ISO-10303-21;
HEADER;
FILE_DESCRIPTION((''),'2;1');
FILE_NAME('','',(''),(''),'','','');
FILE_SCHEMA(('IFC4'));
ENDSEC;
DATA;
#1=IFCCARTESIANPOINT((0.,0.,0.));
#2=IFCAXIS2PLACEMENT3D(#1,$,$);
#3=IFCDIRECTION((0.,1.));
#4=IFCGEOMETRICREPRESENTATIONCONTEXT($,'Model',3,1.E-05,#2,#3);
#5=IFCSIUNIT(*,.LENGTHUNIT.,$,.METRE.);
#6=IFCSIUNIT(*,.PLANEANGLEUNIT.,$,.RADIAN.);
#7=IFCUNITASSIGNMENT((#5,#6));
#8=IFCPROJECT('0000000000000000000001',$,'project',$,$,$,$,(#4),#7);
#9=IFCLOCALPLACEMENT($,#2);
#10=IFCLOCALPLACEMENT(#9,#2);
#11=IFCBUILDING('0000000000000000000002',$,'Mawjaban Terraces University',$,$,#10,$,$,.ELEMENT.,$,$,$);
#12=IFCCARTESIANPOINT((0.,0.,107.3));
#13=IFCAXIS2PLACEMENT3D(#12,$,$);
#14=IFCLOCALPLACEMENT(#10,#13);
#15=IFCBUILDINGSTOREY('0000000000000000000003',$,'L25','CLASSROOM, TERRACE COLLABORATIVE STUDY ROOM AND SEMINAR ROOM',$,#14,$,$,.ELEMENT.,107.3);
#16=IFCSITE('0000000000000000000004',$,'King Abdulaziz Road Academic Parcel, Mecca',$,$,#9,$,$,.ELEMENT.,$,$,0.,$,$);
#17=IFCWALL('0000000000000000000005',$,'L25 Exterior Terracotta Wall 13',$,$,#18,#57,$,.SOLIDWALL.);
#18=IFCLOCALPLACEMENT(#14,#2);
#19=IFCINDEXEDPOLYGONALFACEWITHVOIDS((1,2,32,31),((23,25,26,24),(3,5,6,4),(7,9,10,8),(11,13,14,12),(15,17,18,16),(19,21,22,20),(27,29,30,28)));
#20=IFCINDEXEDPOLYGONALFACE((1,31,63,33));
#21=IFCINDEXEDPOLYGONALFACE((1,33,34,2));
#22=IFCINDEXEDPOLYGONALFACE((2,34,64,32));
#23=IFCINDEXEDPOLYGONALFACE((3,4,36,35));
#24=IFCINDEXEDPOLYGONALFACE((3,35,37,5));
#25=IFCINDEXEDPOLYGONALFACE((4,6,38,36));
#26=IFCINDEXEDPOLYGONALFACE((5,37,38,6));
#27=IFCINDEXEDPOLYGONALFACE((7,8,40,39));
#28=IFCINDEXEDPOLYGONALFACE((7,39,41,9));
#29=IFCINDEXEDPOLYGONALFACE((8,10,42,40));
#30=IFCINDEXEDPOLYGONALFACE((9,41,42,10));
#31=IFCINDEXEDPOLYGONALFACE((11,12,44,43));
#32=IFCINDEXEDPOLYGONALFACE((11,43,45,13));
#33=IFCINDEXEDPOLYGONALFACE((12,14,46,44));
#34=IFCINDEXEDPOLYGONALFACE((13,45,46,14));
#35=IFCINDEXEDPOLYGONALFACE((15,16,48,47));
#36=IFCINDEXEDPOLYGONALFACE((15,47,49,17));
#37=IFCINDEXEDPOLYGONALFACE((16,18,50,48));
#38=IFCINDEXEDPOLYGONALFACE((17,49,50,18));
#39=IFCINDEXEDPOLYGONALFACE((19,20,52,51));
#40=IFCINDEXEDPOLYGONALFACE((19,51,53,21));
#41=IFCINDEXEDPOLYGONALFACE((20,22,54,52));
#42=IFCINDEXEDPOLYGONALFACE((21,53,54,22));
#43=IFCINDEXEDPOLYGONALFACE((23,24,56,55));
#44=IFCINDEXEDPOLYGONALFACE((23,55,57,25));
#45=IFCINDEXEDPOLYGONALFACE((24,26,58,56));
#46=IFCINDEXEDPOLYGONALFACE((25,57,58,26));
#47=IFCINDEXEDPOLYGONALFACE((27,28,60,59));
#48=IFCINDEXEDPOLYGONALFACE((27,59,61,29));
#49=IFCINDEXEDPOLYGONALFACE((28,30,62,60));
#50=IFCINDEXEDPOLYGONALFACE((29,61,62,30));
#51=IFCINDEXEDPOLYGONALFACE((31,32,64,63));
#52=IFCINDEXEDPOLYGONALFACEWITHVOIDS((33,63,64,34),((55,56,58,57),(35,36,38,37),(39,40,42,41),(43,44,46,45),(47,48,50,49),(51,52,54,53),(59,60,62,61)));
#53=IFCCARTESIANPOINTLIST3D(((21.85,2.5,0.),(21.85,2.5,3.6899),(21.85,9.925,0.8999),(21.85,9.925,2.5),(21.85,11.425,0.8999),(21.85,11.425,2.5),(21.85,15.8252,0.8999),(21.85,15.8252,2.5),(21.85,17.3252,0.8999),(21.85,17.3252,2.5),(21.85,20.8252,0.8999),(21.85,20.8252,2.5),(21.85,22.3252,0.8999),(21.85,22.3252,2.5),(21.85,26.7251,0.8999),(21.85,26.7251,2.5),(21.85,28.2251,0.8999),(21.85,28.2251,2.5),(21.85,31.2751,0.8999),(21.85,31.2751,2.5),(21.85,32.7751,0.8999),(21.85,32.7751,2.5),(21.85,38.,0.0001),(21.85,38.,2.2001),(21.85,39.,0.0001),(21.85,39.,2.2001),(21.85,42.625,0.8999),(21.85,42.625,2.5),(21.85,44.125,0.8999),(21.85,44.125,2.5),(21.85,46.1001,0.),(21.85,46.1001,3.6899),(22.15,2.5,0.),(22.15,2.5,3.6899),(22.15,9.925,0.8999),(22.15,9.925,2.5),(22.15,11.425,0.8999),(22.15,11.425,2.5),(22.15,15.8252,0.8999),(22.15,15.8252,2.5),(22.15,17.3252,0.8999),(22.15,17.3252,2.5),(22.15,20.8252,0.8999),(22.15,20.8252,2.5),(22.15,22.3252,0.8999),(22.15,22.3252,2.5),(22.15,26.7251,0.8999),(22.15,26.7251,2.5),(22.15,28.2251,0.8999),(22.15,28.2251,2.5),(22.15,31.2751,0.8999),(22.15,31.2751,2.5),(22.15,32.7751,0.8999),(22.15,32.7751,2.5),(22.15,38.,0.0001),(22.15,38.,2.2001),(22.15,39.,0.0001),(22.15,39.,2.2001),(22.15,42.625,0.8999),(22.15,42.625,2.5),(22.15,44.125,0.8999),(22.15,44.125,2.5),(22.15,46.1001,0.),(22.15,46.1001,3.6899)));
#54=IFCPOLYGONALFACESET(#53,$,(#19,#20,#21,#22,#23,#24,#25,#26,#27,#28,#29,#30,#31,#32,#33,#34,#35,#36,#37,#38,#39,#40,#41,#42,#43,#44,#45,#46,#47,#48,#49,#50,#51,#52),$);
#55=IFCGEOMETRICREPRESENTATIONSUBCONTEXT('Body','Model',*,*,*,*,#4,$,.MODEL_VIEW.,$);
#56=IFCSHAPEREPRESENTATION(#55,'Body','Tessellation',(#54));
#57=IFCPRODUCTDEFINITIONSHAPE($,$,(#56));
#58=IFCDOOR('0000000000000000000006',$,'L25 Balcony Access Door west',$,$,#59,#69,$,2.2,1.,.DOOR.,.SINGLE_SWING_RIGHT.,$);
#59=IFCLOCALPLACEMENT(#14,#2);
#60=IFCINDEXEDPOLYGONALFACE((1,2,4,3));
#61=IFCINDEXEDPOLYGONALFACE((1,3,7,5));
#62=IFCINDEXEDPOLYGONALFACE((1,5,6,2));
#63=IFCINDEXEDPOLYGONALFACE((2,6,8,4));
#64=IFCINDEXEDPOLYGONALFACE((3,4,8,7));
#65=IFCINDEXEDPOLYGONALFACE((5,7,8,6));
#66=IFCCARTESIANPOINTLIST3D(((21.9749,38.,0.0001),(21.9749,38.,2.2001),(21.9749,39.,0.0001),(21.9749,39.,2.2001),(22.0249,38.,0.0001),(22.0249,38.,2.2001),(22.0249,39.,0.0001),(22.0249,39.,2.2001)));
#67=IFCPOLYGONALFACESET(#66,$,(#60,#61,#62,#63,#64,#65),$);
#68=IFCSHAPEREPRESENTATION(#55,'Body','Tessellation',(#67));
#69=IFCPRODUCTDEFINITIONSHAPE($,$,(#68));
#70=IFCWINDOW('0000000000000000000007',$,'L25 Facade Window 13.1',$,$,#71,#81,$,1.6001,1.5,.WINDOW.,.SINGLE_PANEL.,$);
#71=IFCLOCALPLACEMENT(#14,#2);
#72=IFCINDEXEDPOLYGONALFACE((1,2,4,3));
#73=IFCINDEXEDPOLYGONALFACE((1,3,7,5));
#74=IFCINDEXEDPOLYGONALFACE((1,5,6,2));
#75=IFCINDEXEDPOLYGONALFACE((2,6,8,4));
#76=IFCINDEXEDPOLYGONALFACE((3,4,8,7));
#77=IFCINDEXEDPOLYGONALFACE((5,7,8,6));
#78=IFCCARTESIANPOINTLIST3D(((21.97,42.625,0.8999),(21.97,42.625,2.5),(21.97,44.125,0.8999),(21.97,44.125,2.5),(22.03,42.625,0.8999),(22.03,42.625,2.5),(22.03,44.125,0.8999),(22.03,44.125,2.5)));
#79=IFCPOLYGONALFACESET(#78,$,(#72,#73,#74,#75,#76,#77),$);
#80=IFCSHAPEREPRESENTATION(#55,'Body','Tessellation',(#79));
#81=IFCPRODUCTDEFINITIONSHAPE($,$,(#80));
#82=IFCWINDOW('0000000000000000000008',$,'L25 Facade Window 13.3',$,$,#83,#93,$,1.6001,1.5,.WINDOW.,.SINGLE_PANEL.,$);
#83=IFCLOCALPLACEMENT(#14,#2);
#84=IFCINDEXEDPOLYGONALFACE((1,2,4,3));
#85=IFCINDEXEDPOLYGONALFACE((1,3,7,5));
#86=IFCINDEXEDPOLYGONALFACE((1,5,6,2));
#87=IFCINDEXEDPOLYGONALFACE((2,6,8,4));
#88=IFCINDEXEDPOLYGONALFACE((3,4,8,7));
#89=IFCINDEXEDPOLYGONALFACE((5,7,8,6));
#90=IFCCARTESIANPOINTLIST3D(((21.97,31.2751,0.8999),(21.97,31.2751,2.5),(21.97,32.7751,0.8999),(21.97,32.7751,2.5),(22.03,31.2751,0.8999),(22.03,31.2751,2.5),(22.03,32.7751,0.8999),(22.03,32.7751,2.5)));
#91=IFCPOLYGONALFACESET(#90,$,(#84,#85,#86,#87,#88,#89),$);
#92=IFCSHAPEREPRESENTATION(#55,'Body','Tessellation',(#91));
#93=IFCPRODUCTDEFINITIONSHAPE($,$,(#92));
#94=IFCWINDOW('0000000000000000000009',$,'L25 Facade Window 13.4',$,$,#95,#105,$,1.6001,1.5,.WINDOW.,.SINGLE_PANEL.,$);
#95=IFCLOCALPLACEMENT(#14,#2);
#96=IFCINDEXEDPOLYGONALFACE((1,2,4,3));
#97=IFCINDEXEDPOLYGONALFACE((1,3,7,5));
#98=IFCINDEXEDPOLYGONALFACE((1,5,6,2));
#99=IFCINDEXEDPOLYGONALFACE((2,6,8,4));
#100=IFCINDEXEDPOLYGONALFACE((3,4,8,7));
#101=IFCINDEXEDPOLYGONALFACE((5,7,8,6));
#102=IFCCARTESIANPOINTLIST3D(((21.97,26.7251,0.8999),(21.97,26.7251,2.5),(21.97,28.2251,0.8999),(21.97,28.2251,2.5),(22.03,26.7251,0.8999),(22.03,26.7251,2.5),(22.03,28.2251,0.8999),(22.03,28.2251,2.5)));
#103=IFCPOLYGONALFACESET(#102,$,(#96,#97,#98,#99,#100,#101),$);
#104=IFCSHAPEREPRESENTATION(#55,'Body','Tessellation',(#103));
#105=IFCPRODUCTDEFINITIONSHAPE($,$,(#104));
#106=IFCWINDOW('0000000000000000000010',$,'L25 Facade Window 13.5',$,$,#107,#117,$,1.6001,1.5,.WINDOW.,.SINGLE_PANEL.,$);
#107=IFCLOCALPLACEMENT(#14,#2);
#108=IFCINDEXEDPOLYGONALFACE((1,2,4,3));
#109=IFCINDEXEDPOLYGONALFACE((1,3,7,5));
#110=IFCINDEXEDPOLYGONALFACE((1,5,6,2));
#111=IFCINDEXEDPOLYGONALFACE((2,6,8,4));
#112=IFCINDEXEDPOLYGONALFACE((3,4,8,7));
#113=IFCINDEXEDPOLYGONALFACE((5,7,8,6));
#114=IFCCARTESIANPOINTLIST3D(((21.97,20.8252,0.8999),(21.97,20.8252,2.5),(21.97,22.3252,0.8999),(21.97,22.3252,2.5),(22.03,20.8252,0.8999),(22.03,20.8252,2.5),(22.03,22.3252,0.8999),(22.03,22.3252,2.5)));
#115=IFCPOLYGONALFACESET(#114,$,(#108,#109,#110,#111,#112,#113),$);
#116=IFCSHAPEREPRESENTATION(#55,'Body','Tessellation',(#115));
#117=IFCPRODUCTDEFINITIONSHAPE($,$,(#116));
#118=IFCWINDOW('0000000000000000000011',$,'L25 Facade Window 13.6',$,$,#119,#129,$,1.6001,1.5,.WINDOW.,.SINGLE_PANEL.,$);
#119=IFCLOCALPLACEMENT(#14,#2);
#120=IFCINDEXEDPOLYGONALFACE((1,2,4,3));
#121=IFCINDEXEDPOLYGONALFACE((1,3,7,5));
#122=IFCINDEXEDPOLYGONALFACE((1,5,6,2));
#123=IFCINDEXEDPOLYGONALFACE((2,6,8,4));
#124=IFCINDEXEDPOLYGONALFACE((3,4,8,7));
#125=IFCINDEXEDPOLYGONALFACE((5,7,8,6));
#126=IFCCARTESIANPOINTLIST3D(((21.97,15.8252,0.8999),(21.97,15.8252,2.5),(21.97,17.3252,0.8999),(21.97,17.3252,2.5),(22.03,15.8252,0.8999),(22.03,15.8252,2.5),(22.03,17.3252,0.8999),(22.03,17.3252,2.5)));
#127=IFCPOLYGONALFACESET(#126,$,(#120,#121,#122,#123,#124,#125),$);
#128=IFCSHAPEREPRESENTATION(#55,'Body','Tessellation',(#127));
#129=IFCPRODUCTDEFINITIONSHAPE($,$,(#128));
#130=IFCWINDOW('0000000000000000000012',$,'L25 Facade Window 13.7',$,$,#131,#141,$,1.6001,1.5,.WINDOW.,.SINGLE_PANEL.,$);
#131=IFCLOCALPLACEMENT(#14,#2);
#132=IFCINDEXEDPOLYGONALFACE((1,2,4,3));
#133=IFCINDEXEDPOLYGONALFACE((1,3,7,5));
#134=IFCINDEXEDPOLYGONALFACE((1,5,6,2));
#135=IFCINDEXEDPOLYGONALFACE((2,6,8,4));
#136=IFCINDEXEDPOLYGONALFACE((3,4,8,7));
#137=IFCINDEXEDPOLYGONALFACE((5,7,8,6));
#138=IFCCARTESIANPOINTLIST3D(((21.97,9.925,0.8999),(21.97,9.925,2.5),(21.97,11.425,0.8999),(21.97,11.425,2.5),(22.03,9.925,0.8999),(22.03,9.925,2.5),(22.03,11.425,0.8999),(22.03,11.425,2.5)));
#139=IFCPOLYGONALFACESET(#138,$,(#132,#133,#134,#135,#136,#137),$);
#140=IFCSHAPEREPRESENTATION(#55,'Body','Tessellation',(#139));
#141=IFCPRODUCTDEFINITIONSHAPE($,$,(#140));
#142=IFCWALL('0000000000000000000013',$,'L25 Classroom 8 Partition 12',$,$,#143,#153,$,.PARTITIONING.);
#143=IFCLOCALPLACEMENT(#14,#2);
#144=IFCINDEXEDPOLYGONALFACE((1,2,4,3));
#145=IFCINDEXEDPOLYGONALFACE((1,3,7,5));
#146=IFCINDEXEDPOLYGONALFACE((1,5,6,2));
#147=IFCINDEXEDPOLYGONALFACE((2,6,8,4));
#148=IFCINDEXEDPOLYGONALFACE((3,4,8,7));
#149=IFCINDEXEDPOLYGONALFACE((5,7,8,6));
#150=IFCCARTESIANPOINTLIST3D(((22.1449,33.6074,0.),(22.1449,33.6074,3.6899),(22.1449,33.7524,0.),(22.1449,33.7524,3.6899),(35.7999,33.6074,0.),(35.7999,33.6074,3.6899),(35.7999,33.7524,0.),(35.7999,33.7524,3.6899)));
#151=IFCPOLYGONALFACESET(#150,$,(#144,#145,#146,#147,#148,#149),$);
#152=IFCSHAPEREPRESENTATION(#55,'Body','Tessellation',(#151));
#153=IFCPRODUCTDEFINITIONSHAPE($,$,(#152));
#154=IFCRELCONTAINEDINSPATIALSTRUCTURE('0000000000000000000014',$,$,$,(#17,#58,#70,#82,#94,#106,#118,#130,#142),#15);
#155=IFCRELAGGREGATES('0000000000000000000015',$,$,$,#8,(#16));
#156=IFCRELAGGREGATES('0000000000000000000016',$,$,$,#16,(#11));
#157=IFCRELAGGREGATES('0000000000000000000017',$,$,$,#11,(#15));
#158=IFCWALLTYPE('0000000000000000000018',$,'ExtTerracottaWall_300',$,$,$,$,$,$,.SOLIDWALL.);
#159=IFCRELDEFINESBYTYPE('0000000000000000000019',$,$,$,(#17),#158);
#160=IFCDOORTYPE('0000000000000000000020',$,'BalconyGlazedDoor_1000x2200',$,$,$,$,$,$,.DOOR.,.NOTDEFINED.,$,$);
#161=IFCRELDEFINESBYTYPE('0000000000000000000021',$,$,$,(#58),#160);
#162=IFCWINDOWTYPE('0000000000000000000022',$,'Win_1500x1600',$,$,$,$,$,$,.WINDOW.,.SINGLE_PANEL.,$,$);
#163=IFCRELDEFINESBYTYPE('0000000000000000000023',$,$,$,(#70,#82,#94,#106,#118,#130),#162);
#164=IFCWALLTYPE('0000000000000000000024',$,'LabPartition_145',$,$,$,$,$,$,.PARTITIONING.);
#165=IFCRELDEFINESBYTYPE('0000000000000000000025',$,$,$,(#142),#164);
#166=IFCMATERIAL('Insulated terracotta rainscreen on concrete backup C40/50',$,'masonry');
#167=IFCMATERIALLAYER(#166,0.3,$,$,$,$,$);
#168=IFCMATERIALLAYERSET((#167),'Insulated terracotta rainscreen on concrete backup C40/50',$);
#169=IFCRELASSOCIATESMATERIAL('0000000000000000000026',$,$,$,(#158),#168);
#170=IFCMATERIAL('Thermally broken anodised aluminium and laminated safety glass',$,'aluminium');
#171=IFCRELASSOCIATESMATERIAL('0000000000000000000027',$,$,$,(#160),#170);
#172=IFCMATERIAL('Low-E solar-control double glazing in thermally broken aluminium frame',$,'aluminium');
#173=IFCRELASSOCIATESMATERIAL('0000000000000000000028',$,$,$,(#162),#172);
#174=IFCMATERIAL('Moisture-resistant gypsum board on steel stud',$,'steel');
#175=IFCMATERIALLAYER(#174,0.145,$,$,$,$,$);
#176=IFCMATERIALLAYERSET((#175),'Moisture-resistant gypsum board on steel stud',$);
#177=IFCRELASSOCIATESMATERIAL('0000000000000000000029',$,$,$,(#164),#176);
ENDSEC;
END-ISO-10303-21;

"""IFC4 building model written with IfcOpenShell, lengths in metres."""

from ifc_helpers import new_model, si_unit, direction, frame, frame_2d, origin, place, context, subcontext, project, spatial, rectangle, extrude, material, layer, layer_set, type_object, element, fill, save


model = new_model("IFC4")

# Units and contexts
model_context = context("Model", 3, precision=1e-05, world=origin(), true_north=direction((0.0, 1.0)))
body_context = subcontext(model_context, "Body", "Model", "MODEL_VIEW")
ifc_project = project(units=[si_unit("LENGTHUNIT", "METRE"), si_unit("PLANEANGLEUNIT", "RADIAN")], contexts=[model_context])

# Site, building, storey
site_placement = place(None, origin())
site = spatial("IfcSite", under=ifc_project, at=site_placement, Name="King Abdulaziz Road Academic Parcel, Mecca", CompositionType="ELEMENT", RefElevation=0.0)
building_placement = place(site_placement, origin())
building = spatial("IfcBuilding", under=site, at=building_placement, Name="Mawjaban Terraces University", CompositionType="ELEMENT")
storey_placement = place(building_placement, frame((0.0, 0.0, 107.3)))
storey = spatial("IfcBuildingStorey", under=building, at=storey_placement, Name="L25", Description="CLASSROOM, TERRACE COLLABORATIVE STUDY ROOM AND SEMINAR ROOM", CompositionType="ELEMENT", Elevation=107.3)

# Shared definitions
ifc_material_1 = material(Name="Insulated terracotta rainscreen on concrete backup C40/50", Category="masonry")
ifc_layer_1 = layer(ifc_material_1, 0.3)
ifc_layer_set_1 = layer_set([ifc_layer_1], Name="Insulated terracotta rainscreen on concrete backup C40/50")
wall_type_1 = type_object("IfcWallType", Name="ExtTerracottaWall_300", PredefinedType="SOLIDWALL", material=ifc_layer_set_1)
ifc_material_2 = material(Name="Low-E solar-control double glazing in thermally broken aluminium frame", Category="aluminium")

# Wall, openings, door, windows
wall_1_placement = place(storey_placement, frame((22.0, 46.1001, 0.0), z_axis=(0.0, 0.0, 1.0), x_axis=(0.0, -1.0, 0.0)))
wall_1 = element("IfcWall", 1, at=wall_1_placement, inside=storey, type_object=wall_type_1, Name="L25 Exterior Terracotta Wall 13", PredefinedType="SOLIDWALL", context=body_context, shape_type="SweptSolid", body=[
    extrude(rectangle(XDim=43.6001, YDim=0.3, at=frame_2d((21.8, 0.0))), origin(), (0.0, 0.0, 1.0), 3.6899),
])
opening_1_placement = place(wall_1_placement, frame((7.1001, 0.0, 0.0)))
opening_1 = element("IfcOpeningElement", 2, at=opening_1_placement, cuts=wall_1, PredefinedType="OPENING", context=body_context, shape_type="SweptSolid", body=[
    extrude(rectangle(XDim=1.0, YDim=2.2, at=frame_2d((0.5, 1.1001))), frame((0.0, 0.1599, 0.0), z_axis=(0.0, -1.0, 0.0), x_axis=(1.0, 0.0, 0.0)), (0.0, 0.0, 1.0), 0.3201),
])
opening_2_placement = place(wall_1_placement, frame((1.9751, 0.0, 0.8999)))
opening_2 = element("IfcOpeningElement", 3, at=opening_2_placement, cuts=wall_1, PredefinedType="OPENING", context=body_context, shape_type="SweptSolid", body=[
    extrude(rectangle(XDim=1.5, YDim=1.6001, at=frame_2d((0.75, 0.8))), frame((0.0, 0.1599, 0.0), z_axis=(0.0, -1.0, 0.0), x_axis=(1.0, 0.0, 0.0)), (0.0, 0.0, 1.0), 0.3201),
])
opening_3_placement = place(wall_1_placement, frame((13.325, 0.0, 0.8999)))
opening_3 = element("IfcOpeningElement", 4, at=opening_3_placement, cuts=wall_1, PredefinedType="OPENING", context=body_context, shape_type="SweptSolid", body=[
    extrude(rectangle(XDim=1.5, YDim=1.6001, at=frame_2d((0.75, 0.8))), frame((0.0, 0.1599, 0.0), z_axis=(0.0, -1.0, 0.0), x_axis=(1.0, 0.0, 0.0)), (0.0, 0.0, 1.0), 0.3201),
])
opening_4_placement = place(wall_1_placement, frame((17.875, 0.0, 0.8999)))
opening_4 = element("IfcOpeningElement", 5, at=opening_4_placement, cuts=wall_1, PredefinedType="OPENING", context=body_context, shape_type="SweptSolid", body=[
    extrude(rectangle(XDim=1.5, YDim=1.6001, at=frame_2d((0.75, 0.8))), frame((0.0, 0.1599, 0.0), z_axis=(0.0, -1.0, 0.0), x_axis=(1.0, 0.0, 0.0)), (0.0, 0.0, 1.0), 0.3201),
])
opening_5_placement = place(wall_1_placement, frame((23.7749, 0.0, 0.8999)))
opening_5 = element("IfcOpeningElement", 6, at=opening_5_placement, cuts=wall_1, PredefinedType="OPENING", context=body_context, shape_type="SweptSolid", body=[
    extrude(rectangle(XDim=1.5, YDim=1.6001, at=frame_2d((0.75, 0.8))), frame((0.0, 0.1599, 0.0), z_axis=(0.0, -1.0, 0.0), x_axis=(1.0, 0.0, 0.0)), (0.0, 0.0, 1.0), 0.3201),
])
opening_6_placement = place(wall_1_placement, frame((28.7749, 0.0, 0.8999)))
opening_6 = element("IfcOpeningElement", 7, at=opening_6_placement, cuts=wall_1, PredefinedType="OPENING", context=body_context, shape_type="SweptSolid", body=[
    extrude(rectangle(XDim=1.5, YDim=1.6001, at=frame_2d((0.75, 0.8))), frame((0.0, 0.1599, 0.0), z_axis=(0.0, -1.0, 0.0), x_axis=(1.0, 0.0, 0.0)), (0.0, 0.0, 1.0), 0.3201),
])
opening_7_placement = place(wall_1_placement, frame((34.675, 0.0, 0.8999)))
opening_7 = element("IfcOpeningElement", 8, at=opening_7_placement, cuts=wall_1, PredefinedType="OPENING", context=body_context, shape_type="SweptSolid", body=[
    extrude(rectangle(XDim=1.5, YDim=1.6001, at=frame_2d((0.75, 0.8))), frame((0.0, 0.1599, 0.0), z_axis=(0.0, -1.0, 0.0), x_axis=(1.0, 0.0, 0.0)), (0.0, 0.0, 1.0), 0.3201),
])
ifc_material_3 = material(Name="Thermally broken anodised aluminium and laminated safety glass", Category="aluminium")
door_type = type_object("IfcDoorType", Name="BalconyGlazedDoor_1000x2200", OperationType="NOTDEFINED", PredefinedType="DOOR", material=ifc_material_3)
door_placement = place(opening_1_placement, origin())
door = element("IfcDoor", 9, at=door_placement, inside=storey, type_object=door_type, Name="L25 Balcony Access Door west", OperationType="SINGLE_SWING_RIGHT", OverallHeight=2.2, OverallWidth=1.0, PredefinedType="DOOR", context=body_context, shape_type="SweptSolid", body=[
    extrude(rectangle(XDim=1.0, YDim=2.2, at=frame_2d((0.5, 1.1001))), frame((0.0, 0.0249, 0.0), z_axis=(0.0, -1.0, 0.0), x_axis=(1.0, 0.0, 0.0)), (0.0, 0.0, 1.0), 0.05),
])
fill(opening_1, door)
window_type_1 = type_object("IfcWindowType", Name="Win_1500x1600", PartitioningType="SINGLE_PANEL", PredefinedType="WINDOW", material=ifc_material_2)
window_1_placement = place(opening_2_placement, origin())
window_1 = element("IfcWindow", 10, at=window_1_placement, inside=storey, type_object=window_type_1, Name="L25 Facade Window 13.1", OverallHeight=1.6001, OverallWidth=1.5, PartitioningType="SINGLE_PANEL", PredefinedType="WINDOW", context=body_context, shape_type="SweptSolid", body=[
    extrude(rectangle(XDim=1.5, YDim=1.6001, at=frame_2d((0.75, 0.8))), frame((0.0, 0.03, 0.0), z_axis=(0.0, -1.0, 0.0), x_axis=(1.0, 0.0, 0.0)), (0.0, 0.0, 1.0), 0.0601),
])
fill(opening_2, window_1)
window_2_placement = place(opening_3_placement, origin())
window_2 = element("IfcWindow", 11, at=window_2_placement, inside=storey, type_object=window_type_1, Name="L25 Facade Window 13.3", OverallHeight=1.6001, OverallWidth=1.5, PartitioningType="SINGLE_PANEL", PredefinedType="WINDOW", context=body_context, shape_type="SweptSolid", body=[
    extrude(rectangle(XDim=1.5, YDim=1.6001, at=frame_2d((0.75, 0.8))), frame((0.0, 0.03, 0.0), z_axis=(0.0, -1.0, 0.0), x_axis=(1.0, 0.0, 0.0)), (0.0, 0.0, 1.0), 0.0601),
])
fill(opening_3, window_2)
window_3_placement = place(opening_4_placement, origin())
window_3 = element("IfcWindow", 12, at=window_3_placement, inside=storey, type_object=window_type_1, Name="L25 Facade Window 13.4", OverallHeight=1.6001, OverallWidth=1.5, PartitioningType="SINGLE_PANEL", PredefinedType="WINDOW", context=body_context, shape_type="SweptSolid", body=[
    extrude(rectangle(XDim=1.5, YDim=1.6001, at=frame_2d((0.75, 0.8))), frame((0.0, 0.03, 0.0), z_axis=(0.0, -1.0, 0.0), x_axis=(1.0, 0.0, 0.0)), (0.0, 0.0, 1.0), 0.0601),
])
fill(opening_4, window_3)
window_4_placement = place(opening_5_placement, origin())
window_4 = element("IfcWindow", 13, at=window_4_placement, inside=storey, type_object=window_type_1, Name="L25 Facade Window 13.5", OverallHeight=1.6001, OverallWidth=1.5, PartitioningType="SINGLE_PANEL", PredefinedType="WINDOW", context=body_context, shape_type="SweptSolid", body=[
    extrude(rectangle(XDim=1.5, YDim=1.6001, at=frame_2d((0.75, 0.8))), frame((0.0, 0.03, 0.0), z_axis=(0.0, -1.0, 0.0), x_axis=(1.0, 0.0, 0.0)), (0.0, 0.0, 1.0), 0.0601),
])
fill(opening_5, window_4)
window_5_placement = place(opening_6_placement, origin())
window_5 = element("IfcWindow", 14, at=window_5_placement, inside=storey, type_object=window_type_1, Name="L25 Facade Window 13.6", OverallHeight=1.6001, OverallWidth=1.5, PartitioningType="SINGLE_PANEL", PredefinedType="WINDOW", context=body_context, shape_type="SweptSolid", body=[
    extrude(rectangle(XDim=1.5, YDim=1.6001, at=frame_2d((0.75, 0.8))), frame((0.0, 0.03, 0.0), z_axis=(0.0, -1.0, 0.0), x_axis=(1.0, 0.0, 0.0)), (0.0, 0.0, 1.0), 0.0601),
])
fill(opening_6, window_5)
window_6_placement = place(opening_7_placement, origin())
window_6 = element("IfcWindow", 15, at=window_6_placement, inside=storey, type_object=window_type_1, Name="L25 Facade Window 13.7", OverallHeight=1.6001, OverallWidth=1.5, PartitioningType="SINGLE_PANEL", PredefinedType="WINDOW", context=body_context, shape_type="SweptSolid", body=[
    extrude(rectangle(XDim=1.5, YDim=1.6001, at=frame_2d((0.75, 0.8))), frame((0.0, 0.03, 0.0), z_axis=(0.0, -1.0, 0.0), x_axis=(1.0, 0.0, 0.0)), (0.0, 0.0, 1.0), 0.0601),
])
fill(opening_7, window_6)

# Wall
ifc_material_4 = material(Name="Moisture-resistant gypsum board on steel stud", Category="steel")
ifc_layer_2 = layer(ifc_material_4, 0.145)
ifc_layer_set_2 = layer_set([ifc_layer_2], Name="Moisture-resistant gypsum board on steel stud")
wall_type_2 = type_object("IfcWallType", Name="LabPartition_145", PredefinedType="PARTITIONING", material=ifc_layer_set_2)
wall_2_placement = place(storey_placement, frame((35.8, 33.6799, 0.0), z_axis=(0.0, 0.0, 1.0), x_axis=(-1.0, 0.0, 0.0)))
element("IfcWall", 16, at=wall_2_placement, inside=storey, type_object=wall_type_2, Name="L25 Classroom 8 Partition 12", PredefinedType="PARTITIONING", context=body_context, shape_type="SweptSolid", body=[
    extrude(rectangle(XDim=13.655, YDim=0.145, at=frame_2d((6.8276, 0.0))), origin(), (0.0, 0.0, 1.0), 3.6899),
])

save(model, "model.ifc")
